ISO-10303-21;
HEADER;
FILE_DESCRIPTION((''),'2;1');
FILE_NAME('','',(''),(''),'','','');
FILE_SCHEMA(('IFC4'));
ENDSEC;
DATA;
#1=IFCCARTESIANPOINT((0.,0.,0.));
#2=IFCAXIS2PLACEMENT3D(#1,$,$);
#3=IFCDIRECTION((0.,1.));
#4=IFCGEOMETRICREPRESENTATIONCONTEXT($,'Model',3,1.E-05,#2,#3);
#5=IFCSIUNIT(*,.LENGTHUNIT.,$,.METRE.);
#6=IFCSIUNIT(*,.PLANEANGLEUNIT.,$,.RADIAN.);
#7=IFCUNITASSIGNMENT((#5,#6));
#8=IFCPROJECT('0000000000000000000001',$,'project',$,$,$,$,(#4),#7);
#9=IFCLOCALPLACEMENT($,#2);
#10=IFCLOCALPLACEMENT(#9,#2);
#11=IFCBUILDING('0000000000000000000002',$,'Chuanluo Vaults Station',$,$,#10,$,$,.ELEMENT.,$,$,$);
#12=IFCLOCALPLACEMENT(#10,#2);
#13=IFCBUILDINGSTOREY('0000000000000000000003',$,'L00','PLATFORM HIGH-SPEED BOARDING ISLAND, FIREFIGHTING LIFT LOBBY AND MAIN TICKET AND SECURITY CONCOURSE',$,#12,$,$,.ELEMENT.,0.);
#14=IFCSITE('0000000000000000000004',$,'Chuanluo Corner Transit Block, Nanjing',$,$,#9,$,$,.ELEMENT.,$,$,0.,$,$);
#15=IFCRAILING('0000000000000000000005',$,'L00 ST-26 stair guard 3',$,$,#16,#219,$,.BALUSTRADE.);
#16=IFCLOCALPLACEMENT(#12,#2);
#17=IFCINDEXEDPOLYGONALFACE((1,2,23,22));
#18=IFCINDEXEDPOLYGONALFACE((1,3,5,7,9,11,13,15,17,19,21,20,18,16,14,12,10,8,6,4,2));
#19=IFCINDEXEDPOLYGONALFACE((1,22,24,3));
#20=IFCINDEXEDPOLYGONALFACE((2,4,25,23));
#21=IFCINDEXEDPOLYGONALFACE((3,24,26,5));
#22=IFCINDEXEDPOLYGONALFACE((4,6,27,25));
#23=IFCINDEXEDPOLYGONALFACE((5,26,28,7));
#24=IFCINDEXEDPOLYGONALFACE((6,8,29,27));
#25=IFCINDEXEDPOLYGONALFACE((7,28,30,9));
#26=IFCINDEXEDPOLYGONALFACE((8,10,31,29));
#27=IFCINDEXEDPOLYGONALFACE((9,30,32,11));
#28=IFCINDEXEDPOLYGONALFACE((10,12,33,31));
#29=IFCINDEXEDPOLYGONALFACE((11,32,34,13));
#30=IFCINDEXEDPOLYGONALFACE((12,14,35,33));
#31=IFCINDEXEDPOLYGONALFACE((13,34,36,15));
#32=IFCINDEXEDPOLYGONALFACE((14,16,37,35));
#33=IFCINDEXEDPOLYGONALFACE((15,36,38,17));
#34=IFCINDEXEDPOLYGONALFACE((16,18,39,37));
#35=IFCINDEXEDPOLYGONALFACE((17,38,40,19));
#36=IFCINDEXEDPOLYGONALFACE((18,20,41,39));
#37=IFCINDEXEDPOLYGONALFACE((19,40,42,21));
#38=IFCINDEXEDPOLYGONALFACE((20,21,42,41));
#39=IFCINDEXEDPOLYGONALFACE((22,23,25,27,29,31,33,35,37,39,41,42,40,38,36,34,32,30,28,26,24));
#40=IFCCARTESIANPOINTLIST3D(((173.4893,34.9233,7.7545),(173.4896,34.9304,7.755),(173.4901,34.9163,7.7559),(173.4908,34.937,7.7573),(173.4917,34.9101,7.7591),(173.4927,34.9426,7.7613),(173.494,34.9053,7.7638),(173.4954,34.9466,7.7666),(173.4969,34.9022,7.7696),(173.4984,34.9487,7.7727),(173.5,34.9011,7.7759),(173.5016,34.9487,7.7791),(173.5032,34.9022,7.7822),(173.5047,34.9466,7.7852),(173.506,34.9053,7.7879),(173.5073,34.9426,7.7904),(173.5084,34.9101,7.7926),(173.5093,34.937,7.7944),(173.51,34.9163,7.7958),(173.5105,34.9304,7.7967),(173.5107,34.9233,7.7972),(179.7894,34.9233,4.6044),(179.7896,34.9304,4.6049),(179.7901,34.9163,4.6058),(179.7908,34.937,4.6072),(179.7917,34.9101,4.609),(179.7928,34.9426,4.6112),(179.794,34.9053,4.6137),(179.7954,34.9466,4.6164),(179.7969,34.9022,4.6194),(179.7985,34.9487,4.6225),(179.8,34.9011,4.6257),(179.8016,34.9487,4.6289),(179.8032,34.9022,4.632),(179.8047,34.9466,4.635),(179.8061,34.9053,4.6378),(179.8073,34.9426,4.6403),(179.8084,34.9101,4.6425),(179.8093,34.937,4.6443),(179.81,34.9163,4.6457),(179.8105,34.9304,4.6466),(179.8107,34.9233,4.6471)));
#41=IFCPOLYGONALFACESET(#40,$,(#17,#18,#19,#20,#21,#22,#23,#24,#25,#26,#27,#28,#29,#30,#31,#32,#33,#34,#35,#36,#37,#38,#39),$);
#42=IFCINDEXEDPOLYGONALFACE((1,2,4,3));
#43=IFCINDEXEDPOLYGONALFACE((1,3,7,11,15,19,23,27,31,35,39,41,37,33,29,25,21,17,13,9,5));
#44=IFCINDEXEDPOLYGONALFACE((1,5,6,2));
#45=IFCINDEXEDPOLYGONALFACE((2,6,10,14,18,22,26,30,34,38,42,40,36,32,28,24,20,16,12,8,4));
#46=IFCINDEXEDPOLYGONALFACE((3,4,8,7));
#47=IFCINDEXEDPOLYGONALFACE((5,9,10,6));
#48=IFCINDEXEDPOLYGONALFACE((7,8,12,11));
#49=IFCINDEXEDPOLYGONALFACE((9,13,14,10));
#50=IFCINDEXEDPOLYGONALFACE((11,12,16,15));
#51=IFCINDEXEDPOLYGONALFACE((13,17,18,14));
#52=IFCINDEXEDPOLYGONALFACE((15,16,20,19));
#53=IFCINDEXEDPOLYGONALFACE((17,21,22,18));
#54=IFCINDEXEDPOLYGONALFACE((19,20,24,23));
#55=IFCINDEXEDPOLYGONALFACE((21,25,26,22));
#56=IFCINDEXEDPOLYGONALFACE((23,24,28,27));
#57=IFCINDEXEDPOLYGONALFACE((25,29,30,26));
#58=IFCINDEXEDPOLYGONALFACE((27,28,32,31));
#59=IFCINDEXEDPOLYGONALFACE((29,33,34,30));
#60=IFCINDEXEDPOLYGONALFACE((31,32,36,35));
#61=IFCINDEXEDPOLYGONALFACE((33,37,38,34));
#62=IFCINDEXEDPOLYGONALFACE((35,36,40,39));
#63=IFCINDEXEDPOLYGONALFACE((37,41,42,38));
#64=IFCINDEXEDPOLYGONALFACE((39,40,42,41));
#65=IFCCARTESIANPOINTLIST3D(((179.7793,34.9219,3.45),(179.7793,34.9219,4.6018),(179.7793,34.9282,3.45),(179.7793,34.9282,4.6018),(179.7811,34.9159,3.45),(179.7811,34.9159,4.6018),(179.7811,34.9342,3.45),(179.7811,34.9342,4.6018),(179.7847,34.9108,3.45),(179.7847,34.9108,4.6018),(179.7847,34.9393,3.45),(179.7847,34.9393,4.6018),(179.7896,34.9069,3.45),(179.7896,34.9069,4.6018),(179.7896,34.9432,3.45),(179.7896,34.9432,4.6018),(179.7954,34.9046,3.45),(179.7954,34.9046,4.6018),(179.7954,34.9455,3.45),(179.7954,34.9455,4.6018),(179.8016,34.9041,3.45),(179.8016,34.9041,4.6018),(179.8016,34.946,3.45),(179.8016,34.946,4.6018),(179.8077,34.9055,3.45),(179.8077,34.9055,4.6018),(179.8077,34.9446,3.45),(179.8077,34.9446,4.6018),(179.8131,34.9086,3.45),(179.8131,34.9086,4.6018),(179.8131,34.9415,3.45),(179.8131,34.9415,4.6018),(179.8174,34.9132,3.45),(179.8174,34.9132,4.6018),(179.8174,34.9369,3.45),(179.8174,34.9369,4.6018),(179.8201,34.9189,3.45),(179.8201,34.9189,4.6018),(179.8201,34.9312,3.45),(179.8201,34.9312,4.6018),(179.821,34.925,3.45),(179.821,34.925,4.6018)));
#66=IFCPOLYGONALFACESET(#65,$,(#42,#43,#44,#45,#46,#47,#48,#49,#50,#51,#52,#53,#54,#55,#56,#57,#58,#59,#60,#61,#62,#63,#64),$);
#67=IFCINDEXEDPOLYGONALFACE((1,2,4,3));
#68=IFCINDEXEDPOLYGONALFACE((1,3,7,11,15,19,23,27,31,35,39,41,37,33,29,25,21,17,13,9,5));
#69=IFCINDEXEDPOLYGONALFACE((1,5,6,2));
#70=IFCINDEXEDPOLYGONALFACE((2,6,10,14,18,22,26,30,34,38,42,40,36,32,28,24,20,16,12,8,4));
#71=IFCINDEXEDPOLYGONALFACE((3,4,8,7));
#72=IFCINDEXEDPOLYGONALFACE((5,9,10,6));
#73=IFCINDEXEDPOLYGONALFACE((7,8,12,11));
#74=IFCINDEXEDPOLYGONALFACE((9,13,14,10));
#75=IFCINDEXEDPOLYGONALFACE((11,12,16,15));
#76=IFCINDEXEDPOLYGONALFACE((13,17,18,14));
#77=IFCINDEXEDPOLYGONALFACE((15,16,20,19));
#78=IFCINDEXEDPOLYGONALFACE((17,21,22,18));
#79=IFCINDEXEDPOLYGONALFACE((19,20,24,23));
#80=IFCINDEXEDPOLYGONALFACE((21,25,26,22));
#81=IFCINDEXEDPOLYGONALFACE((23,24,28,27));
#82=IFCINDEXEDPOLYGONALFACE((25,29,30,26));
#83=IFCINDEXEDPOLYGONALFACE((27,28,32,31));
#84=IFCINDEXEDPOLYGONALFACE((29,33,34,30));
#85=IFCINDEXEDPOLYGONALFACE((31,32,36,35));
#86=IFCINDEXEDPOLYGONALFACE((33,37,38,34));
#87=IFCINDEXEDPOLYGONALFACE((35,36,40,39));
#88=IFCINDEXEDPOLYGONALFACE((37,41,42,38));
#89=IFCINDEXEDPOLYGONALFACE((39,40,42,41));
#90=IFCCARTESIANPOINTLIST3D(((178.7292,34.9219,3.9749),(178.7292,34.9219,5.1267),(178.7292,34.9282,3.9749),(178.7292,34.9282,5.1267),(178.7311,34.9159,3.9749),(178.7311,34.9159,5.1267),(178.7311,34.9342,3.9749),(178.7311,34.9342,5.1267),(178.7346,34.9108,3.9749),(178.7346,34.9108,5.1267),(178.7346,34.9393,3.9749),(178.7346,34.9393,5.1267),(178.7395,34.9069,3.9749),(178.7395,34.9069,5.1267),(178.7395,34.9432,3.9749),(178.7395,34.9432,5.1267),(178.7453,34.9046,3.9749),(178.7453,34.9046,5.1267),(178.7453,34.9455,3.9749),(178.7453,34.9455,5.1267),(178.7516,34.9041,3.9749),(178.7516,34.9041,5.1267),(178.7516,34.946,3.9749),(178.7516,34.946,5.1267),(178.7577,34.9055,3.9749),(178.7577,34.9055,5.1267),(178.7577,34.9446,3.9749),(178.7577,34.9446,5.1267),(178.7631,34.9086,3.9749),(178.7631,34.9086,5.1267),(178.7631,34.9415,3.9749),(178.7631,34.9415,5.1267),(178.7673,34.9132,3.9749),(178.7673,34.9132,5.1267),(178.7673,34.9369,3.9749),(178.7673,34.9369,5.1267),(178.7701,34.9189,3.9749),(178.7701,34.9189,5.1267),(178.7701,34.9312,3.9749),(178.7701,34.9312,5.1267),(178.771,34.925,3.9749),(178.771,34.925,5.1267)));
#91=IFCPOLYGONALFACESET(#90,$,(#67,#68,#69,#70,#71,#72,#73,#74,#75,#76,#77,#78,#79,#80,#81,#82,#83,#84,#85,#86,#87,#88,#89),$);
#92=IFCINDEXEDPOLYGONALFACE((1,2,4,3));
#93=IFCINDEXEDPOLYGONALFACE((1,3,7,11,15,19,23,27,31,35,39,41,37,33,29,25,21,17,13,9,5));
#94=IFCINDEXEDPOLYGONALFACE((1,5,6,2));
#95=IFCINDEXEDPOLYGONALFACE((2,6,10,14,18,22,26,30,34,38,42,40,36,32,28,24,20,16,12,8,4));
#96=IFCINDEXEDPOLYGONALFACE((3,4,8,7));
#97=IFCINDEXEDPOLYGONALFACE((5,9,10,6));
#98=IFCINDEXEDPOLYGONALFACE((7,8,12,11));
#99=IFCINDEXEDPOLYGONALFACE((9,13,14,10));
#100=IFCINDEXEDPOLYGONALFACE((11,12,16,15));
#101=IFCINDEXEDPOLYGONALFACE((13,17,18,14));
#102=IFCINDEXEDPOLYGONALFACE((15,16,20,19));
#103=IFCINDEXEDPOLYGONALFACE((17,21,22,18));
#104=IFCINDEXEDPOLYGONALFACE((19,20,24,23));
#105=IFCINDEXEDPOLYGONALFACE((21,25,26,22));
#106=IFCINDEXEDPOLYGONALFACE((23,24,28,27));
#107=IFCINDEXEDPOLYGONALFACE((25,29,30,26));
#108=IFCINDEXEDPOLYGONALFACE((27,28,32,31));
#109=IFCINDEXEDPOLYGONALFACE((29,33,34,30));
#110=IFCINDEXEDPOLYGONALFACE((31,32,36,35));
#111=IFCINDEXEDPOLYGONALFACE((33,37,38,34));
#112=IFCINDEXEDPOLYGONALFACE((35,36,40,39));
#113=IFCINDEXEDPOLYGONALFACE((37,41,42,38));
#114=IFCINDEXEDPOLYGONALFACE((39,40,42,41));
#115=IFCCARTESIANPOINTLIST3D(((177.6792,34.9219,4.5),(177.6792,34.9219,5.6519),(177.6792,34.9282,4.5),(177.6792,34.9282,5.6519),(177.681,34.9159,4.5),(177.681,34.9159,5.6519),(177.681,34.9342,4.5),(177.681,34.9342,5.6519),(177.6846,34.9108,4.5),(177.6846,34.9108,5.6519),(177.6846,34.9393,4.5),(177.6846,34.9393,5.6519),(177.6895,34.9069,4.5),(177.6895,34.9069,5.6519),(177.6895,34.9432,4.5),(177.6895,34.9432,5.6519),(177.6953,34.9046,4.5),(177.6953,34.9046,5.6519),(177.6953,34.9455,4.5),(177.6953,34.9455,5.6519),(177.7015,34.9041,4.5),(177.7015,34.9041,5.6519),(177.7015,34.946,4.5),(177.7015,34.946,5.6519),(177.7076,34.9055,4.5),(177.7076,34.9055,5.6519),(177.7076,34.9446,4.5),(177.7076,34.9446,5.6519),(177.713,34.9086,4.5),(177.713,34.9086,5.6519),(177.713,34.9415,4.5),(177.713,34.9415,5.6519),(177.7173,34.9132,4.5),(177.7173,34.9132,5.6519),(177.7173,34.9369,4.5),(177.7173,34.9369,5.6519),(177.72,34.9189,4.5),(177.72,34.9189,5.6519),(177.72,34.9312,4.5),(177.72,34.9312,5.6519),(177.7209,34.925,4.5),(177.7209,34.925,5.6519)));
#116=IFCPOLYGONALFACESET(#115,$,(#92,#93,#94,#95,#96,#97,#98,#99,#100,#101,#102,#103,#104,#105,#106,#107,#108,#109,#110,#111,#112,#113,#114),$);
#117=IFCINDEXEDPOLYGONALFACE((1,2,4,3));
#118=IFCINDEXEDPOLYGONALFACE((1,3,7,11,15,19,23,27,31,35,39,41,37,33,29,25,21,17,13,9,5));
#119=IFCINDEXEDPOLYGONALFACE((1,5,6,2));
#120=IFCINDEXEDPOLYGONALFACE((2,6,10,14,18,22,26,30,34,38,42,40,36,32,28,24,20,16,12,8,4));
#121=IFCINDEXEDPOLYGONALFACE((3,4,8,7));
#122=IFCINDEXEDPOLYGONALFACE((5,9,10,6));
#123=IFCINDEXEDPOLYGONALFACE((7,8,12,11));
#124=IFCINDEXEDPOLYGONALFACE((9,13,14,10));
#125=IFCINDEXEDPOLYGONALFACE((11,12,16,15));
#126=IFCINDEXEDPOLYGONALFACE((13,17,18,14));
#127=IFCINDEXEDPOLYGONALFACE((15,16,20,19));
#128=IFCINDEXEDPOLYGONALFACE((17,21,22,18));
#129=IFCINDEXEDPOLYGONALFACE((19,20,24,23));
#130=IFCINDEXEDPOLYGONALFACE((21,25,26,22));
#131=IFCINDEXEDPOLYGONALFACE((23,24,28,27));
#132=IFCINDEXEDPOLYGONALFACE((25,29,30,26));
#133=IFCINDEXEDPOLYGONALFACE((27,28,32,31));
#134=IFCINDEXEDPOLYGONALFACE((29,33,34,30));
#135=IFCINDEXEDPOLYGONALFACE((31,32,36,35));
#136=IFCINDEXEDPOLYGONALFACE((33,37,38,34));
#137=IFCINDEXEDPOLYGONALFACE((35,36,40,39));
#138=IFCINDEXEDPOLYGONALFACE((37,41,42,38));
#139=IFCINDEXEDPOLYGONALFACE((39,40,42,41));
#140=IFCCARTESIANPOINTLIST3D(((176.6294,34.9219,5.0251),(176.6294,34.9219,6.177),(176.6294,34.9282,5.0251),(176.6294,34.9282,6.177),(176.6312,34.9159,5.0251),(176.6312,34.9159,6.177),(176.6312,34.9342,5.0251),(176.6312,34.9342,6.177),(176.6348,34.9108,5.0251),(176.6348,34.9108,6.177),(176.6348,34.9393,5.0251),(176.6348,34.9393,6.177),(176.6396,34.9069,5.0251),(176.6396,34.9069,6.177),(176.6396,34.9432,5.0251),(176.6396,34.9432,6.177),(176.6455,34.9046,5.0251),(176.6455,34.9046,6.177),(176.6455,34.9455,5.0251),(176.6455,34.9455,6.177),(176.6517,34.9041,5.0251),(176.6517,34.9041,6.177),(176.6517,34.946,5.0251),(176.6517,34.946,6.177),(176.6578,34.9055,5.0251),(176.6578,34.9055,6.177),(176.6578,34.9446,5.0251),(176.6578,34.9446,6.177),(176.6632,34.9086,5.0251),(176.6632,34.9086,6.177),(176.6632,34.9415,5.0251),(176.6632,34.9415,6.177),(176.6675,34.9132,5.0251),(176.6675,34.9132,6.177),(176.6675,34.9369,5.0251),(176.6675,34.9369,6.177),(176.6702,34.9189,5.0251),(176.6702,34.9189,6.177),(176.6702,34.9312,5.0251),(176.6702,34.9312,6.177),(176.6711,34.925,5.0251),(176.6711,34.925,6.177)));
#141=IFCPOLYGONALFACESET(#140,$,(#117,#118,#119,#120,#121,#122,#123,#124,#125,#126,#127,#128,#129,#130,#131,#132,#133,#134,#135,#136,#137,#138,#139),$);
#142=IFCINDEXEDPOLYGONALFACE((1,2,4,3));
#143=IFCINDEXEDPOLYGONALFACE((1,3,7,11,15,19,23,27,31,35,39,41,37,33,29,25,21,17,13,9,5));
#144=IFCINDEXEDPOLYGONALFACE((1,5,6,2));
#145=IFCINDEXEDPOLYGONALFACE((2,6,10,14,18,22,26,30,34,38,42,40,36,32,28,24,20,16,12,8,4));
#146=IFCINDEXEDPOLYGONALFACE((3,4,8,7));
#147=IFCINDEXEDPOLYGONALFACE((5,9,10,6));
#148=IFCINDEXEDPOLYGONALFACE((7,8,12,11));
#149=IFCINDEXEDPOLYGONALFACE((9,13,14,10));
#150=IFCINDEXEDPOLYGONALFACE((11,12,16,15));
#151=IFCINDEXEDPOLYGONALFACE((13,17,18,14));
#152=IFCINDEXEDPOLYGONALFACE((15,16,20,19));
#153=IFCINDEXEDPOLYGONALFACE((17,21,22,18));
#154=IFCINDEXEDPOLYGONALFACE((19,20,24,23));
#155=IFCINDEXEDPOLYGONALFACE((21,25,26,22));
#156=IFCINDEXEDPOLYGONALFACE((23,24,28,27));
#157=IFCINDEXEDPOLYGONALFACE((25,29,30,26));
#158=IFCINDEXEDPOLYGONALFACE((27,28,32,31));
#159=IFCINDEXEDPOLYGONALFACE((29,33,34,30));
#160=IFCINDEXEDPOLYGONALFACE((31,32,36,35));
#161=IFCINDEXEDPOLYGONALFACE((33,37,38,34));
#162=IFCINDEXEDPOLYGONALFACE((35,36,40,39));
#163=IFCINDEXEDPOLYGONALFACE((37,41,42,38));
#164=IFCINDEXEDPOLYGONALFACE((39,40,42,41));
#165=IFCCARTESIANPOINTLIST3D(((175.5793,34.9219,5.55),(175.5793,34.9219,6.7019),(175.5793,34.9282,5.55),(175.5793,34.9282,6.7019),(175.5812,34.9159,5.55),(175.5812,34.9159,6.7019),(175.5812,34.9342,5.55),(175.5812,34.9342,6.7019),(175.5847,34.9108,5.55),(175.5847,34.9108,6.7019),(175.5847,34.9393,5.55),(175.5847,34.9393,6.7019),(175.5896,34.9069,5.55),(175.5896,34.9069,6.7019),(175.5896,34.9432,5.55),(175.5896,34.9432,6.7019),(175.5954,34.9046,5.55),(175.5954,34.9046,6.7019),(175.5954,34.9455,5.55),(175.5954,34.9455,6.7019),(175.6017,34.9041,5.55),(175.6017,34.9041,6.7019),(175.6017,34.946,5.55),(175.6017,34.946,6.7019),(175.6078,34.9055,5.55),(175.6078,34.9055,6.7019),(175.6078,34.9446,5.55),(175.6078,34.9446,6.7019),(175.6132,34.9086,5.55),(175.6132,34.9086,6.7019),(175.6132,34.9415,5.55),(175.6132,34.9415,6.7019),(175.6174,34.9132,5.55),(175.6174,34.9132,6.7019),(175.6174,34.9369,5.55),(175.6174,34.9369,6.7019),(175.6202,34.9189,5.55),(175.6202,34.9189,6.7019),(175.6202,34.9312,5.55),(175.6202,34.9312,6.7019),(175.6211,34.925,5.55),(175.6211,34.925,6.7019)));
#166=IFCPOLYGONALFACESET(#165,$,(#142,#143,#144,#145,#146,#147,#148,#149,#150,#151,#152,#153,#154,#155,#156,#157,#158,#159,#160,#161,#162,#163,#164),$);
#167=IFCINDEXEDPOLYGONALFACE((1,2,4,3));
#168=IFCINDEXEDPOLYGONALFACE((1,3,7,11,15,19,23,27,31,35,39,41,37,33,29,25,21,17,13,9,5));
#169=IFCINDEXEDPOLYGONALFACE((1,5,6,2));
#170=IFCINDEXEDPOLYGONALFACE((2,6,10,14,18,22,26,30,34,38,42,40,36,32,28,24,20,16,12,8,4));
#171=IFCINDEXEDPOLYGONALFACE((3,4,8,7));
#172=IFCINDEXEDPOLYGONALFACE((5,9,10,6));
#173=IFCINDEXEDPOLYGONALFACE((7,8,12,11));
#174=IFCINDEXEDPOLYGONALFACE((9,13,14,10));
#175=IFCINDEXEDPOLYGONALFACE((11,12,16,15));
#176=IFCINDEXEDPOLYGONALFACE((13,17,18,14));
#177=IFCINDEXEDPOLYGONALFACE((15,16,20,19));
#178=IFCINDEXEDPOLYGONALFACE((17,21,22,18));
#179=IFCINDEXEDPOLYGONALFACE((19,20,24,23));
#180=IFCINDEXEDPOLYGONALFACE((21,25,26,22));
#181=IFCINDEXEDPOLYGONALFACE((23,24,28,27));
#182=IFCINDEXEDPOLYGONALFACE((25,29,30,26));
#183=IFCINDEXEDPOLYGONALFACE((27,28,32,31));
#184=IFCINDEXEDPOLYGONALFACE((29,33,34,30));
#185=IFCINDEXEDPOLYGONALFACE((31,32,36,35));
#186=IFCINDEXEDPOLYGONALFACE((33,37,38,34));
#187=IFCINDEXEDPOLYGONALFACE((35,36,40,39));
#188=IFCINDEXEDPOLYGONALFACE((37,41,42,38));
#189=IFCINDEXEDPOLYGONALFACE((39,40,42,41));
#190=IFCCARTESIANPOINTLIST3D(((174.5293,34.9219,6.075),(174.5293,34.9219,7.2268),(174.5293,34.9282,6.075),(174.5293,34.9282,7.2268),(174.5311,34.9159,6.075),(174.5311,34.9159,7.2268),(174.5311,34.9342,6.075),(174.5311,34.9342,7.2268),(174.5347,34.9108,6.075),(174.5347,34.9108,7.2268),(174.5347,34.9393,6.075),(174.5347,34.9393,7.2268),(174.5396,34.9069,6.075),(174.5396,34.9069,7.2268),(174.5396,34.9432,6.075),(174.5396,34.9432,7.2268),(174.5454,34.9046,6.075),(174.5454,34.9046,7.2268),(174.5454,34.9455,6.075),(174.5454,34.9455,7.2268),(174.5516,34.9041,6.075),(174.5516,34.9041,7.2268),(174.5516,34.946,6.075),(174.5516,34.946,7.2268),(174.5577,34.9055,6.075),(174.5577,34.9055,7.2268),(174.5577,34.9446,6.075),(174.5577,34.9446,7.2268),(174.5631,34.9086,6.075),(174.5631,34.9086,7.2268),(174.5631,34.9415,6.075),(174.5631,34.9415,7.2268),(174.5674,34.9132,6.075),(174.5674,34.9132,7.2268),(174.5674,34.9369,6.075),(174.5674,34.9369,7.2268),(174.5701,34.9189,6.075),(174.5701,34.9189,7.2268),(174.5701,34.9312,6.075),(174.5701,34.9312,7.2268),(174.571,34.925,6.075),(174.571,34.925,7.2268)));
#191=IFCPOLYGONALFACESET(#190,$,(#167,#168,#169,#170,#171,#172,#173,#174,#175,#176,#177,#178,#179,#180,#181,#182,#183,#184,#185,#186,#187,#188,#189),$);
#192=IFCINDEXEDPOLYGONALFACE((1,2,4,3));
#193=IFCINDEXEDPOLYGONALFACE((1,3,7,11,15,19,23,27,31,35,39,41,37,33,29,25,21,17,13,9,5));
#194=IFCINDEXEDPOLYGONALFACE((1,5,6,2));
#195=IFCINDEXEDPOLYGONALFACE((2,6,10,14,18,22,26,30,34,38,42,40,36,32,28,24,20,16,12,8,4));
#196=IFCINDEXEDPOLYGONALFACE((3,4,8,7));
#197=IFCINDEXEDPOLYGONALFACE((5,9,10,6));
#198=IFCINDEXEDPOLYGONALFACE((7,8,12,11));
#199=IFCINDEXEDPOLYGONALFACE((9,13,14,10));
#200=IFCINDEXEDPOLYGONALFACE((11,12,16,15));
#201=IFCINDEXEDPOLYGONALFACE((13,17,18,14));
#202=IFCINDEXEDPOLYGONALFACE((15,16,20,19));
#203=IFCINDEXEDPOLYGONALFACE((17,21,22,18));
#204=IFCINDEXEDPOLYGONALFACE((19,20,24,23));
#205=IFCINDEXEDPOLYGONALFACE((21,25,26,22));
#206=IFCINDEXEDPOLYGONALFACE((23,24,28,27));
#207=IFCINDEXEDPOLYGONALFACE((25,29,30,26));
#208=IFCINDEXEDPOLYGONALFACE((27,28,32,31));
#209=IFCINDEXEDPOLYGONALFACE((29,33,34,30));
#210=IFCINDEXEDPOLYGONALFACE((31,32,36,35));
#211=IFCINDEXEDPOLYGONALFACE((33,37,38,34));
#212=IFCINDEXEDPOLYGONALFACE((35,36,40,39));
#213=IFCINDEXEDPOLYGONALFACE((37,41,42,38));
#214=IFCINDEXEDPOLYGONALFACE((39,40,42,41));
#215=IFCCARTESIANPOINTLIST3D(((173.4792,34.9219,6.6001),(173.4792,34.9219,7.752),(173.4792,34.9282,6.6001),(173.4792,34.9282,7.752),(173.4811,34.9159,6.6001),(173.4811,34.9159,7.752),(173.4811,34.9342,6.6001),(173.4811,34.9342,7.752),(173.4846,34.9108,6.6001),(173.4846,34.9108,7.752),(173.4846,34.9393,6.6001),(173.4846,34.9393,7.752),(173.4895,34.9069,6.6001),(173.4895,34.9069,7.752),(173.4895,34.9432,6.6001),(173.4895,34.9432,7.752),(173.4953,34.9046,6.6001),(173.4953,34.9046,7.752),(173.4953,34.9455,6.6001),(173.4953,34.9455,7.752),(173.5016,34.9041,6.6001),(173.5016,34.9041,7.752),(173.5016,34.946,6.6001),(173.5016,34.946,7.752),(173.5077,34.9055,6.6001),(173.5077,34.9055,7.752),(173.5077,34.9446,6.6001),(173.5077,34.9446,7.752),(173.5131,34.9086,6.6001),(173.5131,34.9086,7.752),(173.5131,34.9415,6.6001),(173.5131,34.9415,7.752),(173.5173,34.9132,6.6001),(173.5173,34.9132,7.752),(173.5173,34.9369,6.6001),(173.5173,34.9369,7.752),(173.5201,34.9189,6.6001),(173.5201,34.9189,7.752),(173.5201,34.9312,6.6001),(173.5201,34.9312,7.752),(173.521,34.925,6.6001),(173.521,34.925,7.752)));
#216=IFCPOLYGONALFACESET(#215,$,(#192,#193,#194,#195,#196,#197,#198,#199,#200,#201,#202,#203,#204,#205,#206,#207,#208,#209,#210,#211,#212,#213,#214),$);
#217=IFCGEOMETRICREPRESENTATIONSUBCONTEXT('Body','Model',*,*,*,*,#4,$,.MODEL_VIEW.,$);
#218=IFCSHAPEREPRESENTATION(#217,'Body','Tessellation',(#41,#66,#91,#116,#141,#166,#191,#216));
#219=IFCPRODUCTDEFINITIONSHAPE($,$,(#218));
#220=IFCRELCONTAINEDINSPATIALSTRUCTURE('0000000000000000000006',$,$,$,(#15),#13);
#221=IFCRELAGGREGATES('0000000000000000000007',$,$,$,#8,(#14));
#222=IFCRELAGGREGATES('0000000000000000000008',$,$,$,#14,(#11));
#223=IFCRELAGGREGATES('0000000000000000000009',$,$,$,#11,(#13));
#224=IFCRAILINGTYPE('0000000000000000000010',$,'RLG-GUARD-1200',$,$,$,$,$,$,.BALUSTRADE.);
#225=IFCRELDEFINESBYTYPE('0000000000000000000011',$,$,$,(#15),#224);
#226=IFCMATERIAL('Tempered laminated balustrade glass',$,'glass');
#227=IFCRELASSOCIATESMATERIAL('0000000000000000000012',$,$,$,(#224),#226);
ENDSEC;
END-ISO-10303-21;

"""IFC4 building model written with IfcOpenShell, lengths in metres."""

from ifc_helpers import new_model, si_unit, direction, frame, origin, origin_2d, place, context, subcontext, project, spatial, circle, extrude, material, type_object, element, save


model = new_model("IFC4")

# Units and contexts
model_context = context("Model", 3, precision=1e-05, world=origin(), true_north=direction((0.0, 1.0)))
body_context = subcontext(model_context, "Body", "Model", "MODEL_VIEW")
ifc_project = project(units=[si_unit("LENGTHUNIT", "METRE"), si_unit("PLANEANGLEUNIT", "RADIAN")], contexts=[model_context])

# Site, building, storey
site_placement = place(None, origin())
site = spatial("IfcSite", under=ifc_project, at=site_placement, Name="Chuanluo Corner Transit Block, Nanjing", CompositionType="ELEMENT", RefElevation=0.0)
building_placement = place(site_placement, origin())
building = spatial("IfcBuilding", under=site, at=building_placement, Name="Chuanluo Vaults Station", CompositionType="ELEMENT")
storey_placement = place(building_placement, origin())
storey = spatial("IfcBuildingStorey", under=building, at=storey_placement, Name="L00", Description="PLATFORM HIGH-SPEED BOARDING ISLAND, FIREFIGHTING LIFT LOBBY AND MAIN TICKET AND SECURITY CONCOURSE", CompositionType="ELEMENT", Elevation=0.0)

# Railing
ifc_material_1 = material(Name="Tempered laminated balustrade glass", Category="glass")
railing_type_1 = type_object("IfcRailingType", Name="RLG-GUARD-1200", PredefinedType="BALUSTRADE", material=ifc_material_1)
railing_1_placement = place(storey_placement, frame((179.8, 34.925, 3.45)))
element("IfcRailing", 1, at=railing_1_placement, inside=storey, type_object=railing_type_1, Name="L00 ST-26 stair guard 3", PredefinedType="BALUSTRADE", context=body_context, shape_type="SweptSolid", body=[
    extrude(circle(Radius=0.0239, at=origin_2d()), frame((0.0, 0.0, 1.1758), z_axis=(-0.89442, 0.0, 0.447227), x_axis=(0.0, -1.0, 0.0)), (0.0, 0.0, 1.0), 7.0437),
    extrude(circle(Radius=0.021, at=origin_2d()), origin(), (0.0, 0.0, 1.0), 1.1519),
    extrude(circle(Radius=0.021, at=origin_2d()), frame((-1.05, 0.0, 0.5249)), (0.0, 0.0, 1.0), 1.1519),
    extrude(circle(Radius=0.021, at=origin_2d()), frame((-2.1001, 0.0, 1.05)), (0.0, 0.0, 1.0), 1.1519),
    extrude(circle(Radius=0.021, at=origin_2d()), frame((-3.1499, 0.0, 1.5752)), (0.0, 0.0, 1.0), 1.1519),
    extrude(circle(Radius=0.021, at=origin_2d()), frame((-4.2, 0.0, 2.1001)), (0.0, 0.0, 1.0), 1.1519),
    extrude(circle(Radius=0.021, at=origin_2d()), frame((-5.25, 0.0, 2.625)), (0.0, 0.0, 1.0), 1.1519),
    extrude(circle(Radius=0.021, at=origin_2d()), frame((-6.3, 0.0, 3.1501)), (0.0, 0.0, 1.0), 1.1519),
])

save(model, "model.ifc")
